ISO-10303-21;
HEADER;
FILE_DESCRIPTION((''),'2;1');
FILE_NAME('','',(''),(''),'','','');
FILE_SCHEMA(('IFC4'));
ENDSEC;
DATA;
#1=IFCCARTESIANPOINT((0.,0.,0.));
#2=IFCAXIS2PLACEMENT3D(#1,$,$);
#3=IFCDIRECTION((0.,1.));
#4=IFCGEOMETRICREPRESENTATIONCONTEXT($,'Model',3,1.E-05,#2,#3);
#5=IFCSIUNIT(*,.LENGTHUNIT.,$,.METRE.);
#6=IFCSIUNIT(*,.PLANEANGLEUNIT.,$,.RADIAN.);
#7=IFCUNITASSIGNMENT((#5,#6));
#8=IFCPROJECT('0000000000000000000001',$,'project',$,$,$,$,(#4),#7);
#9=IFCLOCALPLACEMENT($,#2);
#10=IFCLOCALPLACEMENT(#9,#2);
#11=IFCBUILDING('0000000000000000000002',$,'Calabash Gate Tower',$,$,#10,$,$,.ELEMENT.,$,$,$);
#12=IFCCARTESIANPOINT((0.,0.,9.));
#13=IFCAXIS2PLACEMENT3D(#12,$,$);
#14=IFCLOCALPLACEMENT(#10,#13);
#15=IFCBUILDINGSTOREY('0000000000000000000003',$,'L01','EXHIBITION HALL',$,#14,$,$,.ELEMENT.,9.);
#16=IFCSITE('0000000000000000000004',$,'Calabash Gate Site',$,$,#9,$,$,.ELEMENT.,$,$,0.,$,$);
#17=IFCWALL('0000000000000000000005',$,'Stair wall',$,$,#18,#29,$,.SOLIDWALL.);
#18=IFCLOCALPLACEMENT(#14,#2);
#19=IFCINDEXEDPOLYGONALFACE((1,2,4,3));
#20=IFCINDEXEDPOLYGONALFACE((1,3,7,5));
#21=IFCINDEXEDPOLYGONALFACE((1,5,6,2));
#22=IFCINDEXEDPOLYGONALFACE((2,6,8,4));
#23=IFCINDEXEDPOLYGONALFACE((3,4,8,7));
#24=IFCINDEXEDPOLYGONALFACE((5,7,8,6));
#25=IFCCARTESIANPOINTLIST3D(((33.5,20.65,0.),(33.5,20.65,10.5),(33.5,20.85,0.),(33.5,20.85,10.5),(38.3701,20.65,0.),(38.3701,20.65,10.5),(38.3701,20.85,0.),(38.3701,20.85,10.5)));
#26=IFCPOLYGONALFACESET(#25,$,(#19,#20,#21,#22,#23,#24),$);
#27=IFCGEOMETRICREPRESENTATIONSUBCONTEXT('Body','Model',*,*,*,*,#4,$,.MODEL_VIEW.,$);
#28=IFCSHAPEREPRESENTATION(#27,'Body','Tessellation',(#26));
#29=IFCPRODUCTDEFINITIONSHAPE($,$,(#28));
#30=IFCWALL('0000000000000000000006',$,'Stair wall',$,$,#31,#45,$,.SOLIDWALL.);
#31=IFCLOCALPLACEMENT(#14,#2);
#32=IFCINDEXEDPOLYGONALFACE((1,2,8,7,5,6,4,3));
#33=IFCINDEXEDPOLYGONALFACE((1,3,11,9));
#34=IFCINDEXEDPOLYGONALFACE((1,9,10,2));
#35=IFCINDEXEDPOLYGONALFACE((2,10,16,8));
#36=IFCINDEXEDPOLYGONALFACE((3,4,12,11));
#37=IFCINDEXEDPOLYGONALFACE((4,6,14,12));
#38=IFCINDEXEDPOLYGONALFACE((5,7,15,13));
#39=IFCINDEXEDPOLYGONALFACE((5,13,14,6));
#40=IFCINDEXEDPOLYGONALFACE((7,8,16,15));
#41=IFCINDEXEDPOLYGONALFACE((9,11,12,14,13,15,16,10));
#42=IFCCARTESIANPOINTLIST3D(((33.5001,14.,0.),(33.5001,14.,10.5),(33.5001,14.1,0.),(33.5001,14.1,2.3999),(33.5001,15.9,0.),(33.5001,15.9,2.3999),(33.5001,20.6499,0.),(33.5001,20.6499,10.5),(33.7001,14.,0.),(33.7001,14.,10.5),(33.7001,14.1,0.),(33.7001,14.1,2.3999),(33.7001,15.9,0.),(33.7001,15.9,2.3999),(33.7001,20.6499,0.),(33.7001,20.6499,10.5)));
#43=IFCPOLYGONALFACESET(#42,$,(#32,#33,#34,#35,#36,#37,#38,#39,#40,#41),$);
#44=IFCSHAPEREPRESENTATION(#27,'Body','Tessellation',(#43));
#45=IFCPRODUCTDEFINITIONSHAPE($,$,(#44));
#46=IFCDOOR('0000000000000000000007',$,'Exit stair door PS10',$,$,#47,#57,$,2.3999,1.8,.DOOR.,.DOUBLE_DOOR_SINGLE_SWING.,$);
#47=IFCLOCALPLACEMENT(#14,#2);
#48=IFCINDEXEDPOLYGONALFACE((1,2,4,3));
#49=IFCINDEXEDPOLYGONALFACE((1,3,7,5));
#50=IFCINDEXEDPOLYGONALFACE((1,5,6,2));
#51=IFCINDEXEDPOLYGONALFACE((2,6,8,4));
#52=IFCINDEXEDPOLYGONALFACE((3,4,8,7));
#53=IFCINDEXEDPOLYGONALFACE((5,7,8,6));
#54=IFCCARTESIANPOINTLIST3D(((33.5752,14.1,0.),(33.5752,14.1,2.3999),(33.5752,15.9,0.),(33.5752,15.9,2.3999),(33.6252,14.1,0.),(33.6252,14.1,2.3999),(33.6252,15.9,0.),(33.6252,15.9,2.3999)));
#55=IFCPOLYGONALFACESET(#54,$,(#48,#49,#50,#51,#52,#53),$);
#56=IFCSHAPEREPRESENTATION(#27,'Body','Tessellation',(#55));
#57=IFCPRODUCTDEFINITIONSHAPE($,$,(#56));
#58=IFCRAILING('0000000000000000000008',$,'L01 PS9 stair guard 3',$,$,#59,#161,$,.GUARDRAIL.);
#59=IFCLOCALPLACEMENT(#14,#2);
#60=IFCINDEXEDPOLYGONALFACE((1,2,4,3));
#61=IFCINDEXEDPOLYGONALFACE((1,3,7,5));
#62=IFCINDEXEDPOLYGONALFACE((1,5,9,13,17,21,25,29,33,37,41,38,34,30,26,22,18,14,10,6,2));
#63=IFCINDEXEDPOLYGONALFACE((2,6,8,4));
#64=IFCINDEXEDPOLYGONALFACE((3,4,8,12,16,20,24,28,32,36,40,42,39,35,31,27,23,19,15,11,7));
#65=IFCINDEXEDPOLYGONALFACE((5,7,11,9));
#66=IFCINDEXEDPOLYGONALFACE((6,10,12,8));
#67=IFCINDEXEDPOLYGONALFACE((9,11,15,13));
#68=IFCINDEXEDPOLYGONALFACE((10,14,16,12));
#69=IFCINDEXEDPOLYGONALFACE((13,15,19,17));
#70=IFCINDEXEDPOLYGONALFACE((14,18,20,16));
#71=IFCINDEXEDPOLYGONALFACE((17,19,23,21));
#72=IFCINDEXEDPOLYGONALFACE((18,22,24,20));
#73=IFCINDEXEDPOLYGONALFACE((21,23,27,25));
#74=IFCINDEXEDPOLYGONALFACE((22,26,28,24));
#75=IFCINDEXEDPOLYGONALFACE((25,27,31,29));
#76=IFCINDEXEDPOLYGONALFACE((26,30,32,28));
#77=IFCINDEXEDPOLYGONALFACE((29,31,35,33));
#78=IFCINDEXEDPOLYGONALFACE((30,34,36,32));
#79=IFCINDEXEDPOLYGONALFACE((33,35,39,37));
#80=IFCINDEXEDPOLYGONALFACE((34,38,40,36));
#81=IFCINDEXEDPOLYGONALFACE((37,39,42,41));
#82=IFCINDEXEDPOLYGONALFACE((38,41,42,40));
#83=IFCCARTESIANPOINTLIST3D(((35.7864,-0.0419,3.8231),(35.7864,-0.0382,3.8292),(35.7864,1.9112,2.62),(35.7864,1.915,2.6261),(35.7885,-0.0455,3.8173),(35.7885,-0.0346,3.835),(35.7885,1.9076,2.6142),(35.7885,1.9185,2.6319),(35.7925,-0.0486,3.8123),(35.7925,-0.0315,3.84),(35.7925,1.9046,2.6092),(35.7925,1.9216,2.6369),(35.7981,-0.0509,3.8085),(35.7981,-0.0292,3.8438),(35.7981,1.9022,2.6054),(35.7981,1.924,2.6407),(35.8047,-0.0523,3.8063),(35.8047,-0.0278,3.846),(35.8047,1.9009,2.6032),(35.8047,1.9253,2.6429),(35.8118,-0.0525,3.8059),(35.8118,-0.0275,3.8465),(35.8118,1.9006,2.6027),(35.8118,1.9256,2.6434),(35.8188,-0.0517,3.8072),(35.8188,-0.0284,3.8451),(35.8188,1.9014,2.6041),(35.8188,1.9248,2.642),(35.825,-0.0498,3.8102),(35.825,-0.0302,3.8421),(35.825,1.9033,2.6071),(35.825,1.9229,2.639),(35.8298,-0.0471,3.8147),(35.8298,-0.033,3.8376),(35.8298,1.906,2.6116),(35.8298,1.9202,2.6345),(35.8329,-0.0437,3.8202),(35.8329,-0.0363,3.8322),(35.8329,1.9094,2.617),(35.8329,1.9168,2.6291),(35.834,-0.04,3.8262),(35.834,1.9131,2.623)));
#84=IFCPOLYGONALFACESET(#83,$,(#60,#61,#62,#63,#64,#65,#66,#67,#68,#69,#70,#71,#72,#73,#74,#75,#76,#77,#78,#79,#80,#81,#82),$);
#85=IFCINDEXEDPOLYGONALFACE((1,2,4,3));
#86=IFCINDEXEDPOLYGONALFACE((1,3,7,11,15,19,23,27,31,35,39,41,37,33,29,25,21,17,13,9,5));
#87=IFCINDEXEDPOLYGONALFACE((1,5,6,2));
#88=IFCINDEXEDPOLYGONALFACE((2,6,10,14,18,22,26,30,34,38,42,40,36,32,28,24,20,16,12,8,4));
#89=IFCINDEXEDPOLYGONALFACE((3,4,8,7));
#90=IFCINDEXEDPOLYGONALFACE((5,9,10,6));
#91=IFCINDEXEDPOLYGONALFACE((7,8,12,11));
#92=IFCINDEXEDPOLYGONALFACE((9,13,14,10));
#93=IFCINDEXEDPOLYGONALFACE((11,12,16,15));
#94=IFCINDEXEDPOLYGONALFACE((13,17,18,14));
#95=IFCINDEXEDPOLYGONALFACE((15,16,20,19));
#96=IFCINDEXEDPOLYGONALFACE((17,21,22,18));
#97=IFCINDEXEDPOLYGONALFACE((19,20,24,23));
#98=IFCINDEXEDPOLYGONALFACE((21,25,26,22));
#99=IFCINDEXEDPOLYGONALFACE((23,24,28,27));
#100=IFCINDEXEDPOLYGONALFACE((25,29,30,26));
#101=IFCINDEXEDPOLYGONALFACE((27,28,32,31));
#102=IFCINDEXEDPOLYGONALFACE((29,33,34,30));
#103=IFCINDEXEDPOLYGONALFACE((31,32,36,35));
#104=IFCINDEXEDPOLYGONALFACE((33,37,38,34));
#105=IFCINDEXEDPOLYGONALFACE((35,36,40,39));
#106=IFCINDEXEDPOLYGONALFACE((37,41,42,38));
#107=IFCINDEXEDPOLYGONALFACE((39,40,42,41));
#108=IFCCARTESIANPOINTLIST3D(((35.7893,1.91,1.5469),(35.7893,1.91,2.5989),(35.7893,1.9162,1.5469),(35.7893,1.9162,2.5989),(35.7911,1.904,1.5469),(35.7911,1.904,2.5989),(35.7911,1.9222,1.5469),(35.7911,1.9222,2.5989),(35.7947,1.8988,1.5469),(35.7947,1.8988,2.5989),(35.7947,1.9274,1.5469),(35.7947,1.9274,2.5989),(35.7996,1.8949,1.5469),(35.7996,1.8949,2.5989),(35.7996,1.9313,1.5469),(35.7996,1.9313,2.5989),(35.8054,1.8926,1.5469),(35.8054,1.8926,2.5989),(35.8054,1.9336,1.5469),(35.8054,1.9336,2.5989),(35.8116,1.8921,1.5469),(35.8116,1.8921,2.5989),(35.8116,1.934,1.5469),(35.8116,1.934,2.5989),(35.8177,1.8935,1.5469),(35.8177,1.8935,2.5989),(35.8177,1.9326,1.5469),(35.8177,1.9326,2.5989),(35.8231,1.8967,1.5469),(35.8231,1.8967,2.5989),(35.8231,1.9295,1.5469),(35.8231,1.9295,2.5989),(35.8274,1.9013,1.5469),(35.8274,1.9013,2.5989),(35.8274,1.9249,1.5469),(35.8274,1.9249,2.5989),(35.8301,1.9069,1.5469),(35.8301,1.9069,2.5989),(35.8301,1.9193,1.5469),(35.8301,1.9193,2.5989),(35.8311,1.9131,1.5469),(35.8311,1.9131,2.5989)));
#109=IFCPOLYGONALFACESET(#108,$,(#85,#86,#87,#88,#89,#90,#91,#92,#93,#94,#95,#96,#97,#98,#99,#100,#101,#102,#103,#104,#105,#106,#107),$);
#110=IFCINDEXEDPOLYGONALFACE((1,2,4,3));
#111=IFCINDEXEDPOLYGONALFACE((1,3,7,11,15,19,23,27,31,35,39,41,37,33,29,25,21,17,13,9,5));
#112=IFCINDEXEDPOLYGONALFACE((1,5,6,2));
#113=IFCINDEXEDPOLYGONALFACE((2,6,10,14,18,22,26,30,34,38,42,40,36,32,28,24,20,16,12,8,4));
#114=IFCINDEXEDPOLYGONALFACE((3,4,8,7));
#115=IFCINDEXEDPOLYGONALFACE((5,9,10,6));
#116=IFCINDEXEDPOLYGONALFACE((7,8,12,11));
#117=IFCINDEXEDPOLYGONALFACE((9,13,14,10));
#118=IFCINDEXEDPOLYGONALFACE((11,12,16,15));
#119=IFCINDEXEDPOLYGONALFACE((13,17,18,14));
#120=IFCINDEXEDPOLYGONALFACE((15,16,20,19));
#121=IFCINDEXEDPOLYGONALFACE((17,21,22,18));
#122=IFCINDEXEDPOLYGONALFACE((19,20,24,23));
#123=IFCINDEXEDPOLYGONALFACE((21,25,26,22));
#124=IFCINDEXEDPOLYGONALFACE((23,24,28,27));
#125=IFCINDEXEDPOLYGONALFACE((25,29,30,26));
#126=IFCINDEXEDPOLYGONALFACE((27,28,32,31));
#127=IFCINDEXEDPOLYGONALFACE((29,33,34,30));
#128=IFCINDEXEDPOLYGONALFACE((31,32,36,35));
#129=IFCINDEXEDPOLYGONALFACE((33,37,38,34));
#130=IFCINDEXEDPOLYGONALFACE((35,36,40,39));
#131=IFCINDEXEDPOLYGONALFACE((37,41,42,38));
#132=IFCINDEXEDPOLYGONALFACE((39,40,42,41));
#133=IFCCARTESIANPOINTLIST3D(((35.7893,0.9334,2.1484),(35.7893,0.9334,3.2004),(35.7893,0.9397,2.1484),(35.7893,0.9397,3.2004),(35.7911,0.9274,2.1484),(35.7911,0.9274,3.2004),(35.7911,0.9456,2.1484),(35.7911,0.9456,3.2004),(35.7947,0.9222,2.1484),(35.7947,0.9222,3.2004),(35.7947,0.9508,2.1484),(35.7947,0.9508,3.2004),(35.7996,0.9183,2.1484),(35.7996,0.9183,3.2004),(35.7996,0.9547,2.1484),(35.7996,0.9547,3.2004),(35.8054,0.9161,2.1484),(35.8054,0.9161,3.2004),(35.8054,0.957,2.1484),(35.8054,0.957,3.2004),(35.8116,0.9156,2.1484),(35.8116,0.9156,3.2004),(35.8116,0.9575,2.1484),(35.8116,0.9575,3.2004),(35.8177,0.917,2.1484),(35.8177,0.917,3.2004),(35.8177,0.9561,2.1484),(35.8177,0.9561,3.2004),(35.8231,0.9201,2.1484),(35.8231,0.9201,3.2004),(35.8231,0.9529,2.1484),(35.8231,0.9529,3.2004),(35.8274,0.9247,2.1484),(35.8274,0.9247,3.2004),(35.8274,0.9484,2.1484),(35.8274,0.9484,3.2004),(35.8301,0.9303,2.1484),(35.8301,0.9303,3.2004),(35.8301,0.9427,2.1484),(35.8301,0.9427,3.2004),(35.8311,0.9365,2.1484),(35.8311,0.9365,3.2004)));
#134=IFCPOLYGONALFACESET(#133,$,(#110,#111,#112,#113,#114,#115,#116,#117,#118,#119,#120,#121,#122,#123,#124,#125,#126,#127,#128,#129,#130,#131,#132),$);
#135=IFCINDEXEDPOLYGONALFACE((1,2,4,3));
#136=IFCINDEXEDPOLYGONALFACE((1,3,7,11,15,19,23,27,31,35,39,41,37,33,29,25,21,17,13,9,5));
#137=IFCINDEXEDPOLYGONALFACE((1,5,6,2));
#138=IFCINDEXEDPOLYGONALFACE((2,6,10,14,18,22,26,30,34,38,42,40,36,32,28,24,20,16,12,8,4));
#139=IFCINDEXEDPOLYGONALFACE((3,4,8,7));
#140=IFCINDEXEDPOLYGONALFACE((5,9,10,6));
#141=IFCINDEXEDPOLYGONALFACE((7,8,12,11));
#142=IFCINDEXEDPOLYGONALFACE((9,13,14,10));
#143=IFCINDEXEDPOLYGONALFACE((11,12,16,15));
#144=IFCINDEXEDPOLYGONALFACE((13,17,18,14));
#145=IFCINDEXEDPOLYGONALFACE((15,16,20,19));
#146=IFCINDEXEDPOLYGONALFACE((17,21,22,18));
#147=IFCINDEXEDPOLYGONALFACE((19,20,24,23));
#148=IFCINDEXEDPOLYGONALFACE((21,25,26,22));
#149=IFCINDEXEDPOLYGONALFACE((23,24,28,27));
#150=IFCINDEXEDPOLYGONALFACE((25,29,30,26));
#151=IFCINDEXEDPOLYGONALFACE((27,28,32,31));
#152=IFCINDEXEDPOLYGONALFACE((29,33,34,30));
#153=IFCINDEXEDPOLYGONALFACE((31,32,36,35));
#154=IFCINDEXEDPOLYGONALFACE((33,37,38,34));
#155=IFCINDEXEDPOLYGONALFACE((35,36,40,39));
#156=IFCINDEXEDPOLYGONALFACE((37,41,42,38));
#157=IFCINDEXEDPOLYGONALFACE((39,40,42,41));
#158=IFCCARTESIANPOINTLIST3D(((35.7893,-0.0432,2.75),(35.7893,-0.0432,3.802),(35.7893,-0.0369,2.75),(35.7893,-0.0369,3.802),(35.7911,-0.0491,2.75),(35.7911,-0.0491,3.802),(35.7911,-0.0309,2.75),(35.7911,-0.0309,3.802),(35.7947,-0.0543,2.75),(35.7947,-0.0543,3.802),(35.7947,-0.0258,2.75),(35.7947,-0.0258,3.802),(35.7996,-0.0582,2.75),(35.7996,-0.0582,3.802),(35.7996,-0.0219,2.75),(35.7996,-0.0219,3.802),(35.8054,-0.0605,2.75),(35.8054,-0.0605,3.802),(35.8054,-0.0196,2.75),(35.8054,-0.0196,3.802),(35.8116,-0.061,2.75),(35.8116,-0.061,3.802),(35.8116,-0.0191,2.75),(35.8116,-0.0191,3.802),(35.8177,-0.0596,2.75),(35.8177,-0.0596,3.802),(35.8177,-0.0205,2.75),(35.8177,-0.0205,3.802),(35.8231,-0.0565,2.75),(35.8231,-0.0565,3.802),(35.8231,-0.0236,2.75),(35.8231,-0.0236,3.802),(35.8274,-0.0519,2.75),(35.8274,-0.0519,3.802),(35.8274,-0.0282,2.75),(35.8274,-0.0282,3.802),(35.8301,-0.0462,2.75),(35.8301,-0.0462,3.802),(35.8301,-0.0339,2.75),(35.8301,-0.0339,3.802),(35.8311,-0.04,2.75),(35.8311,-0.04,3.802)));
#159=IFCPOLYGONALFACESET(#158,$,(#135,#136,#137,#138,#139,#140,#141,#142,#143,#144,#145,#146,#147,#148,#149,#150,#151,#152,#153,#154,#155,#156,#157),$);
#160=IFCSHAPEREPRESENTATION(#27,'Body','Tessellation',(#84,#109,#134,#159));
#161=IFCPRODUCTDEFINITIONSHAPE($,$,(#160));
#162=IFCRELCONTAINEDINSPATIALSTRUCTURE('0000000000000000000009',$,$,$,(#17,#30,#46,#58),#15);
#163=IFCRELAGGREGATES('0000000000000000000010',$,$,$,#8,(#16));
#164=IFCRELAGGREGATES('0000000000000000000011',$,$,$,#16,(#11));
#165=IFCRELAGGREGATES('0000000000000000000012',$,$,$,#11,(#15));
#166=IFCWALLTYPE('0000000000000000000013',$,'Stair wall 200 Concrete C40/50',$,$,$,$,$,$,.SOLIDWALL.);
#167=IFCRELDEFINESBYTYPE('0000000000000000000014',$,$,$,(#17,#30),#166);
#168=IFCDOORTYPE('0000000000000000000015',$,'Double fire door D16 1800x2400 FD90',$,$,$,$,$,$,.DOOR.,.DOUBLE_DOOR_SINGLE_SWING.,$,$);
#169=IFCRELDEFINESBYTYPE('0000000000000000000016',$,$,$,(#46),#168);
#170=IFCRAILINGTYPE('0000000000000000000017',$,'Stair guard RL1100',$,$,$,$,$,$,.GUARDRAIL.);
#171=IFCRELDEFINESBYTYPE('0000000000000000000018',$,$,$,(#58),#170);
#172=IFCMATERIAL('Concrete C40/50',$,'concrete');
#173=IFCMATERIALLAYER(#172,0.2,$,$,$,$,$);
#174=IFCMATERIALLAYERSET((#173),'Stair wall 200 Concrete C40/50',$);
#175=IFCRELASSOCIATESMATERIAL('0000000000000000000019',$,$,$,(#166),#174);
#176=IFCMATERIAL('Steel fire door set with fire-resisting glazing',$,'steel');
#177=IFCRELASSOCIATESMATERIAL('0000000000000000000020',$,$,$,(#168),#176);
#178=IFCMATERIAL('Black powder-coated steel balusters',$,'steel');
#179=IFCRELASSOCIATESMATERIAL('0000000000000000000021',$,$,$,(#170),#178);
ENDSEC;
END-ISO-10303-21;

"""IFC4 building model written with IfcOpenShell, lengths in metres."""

from ifc_helpers import new_model, si_unit, direction, frame, frame_2d, origin, origin_2d, place, context, subcontext, project, spatial, rectangle, circle, extrude, material, layer, layer_set, type_object, element, fill, save


model = new_model("IFC4")

# Units and contexts
model_context = context("Model", 3, precision=1e-05, world=origin(), true_north=direction((0.0, 1.0)))
body_context = subcontext(model_context, "Body", "Model", "MODEL_VIEW")
ifc_project = project(units=[si_unit("LENGTHUNIT", "METRE"), si_unit("PLANEANGLEUNIT", "RADIAN")], contexts=[model_context])

# Site, building, storey
site_placement = place(None, origin())
site = spatial("IfcSite", under=ifc_project, at=site_placement, Name="Calabash Gate Site", CompositionType="ELEMENT", RefElevation=0.0)
building_placement = place(site_placement, origin())
building = spatial("IfcBuilding", under=site, at=building_placement, Name="Calabash Gate Tower", CompositionType="ELEMENT")
storey_placement = place(building_placement, frame((0.0, 0.0, 9.0)))
storey = spatial("IfcBuildingStorey", under=building, at=storey_placement, Name="L01", Description="EXHIBITION HALL", CompositionType="ELEMENT", Elevation=9.0)

# Wall
ifc_material_1 = material(Name="Concrete C40/50", Category="concrete")
ifc_layer_1 = layer(ifc_material_1, 0.2)
ifc_layer_set_1 = layer_set([ifc_layer_1], Name="Stair wall 200 Concrete C40/50")
wall_type_1 = type_object("IfcWallType", Name="Stair wall 200 Concrete C40/50", PredefinedType="SOLIDWALL", material=ifc_layer_set_1)
for number, where, z_axis, x_axis, name in (
    (1, (33.5, 20.75, 0.0), (0.0, 0.0, 1.0), (1.0, 0.0, 0.0), "Stair wall"),
):
    element("IfcWall", number, at=place(storey_placement, frame(where, z_axis=z_axis, x_axis=x_axis)), inside=storey, type_object=wall_type_1, Name=name, PredefinedType="SOLIDWALL", context=body_context, shape_type="SweptSolid", body=[
        extrude(rectangle(XDim=4.8701, YDim=0.2, at=frame_2d((2.4351, 0.0))), origin(), (0.0, 0.0, 1.0), 10.5),
    ])

# Wall, opening, door
wall_1_placement = place(storey_placement, frame((33.6001, 14.0, 0.0), z_axis=(0.0, 0.0, 1.0), x_axis=(0.0, 1.0, 0.0)))
wall_1 = element("IfcWall", 2, at=wall_1_placement, inside=storey, type_object=wall_type_1, Name="Stair wall", PredefinedType="SOLIDWALL", context=body_context, shape_type="SweptSolid", body=[
    extrude(rectangle(XDim=6.6499, YDim=0.2, at=frame_2d((3.325, 0.0))), origin(), (0.0, 0.0, 1.0), 10.5),
])
opening_1_placement = place(wall_1_placement, frame((0.1001, 0.0, 0.0)))
opening_1 = element("IfcOpeningElement", 3, at=opening_1_placement, cuts=wall_1, PredefinedType="OPENING", context=body_context, shape_type="SweptSolid", body=[
    extrude(rectangle(XDim=1.8, YDim=2.3999, at=frame_2d((0.8999, 1.2))), frame((0.0, 0.1099, 0.0), z_axis=(0.0, -1.0, 0.0), x_axis=(1.0, 0.0, 0.0)), (0.0, 0.0, 1.0), 0.22),
])
ifc_material_2 = material(Name="Steel fire door set with fire-resisting glazing", Category="steel")
door_type_1 = type_object("IfcDoorType", Name="Double fire door D16 1800x2400 FD90", OperationType="DOUBLE_DOOR_SINGLE_SWING", PredefinedType="DOOR", material=ifc_material_2)
door_1_placement = place(opening_1_placement, origin())
door_1 = element("IfcDoor", 4, at=door_1_placement, inside=storey, type_object=door_type_1, Name="Exit stair door PS10", OperationType="DOUBLE_DOOR_SINGLE_SWING", OverallHeight=2.3999, OverallWidth=1.8, PredefinedType="DOOR", context=body_context, shape_type="SweptSolid", body=[
    extrude(rectangle(XDim=1.8, YDim=2.3999, at=frame_2d((0.8999, 1.2))), frame((0.0, 0.0249, 0.0), z_axis=(0.0, -1.0, 0.0), x_axis=(1.0, 0.0, 0.0)), (0.0, 0.0, 1.0), 0.05),
])
fill(opening_1, door_1)

# Railing
ifc_material_3 = material(Name="Black powder-coated steel balusters", Category="steel")
railing_type_1 = type_object("IfcRailingType", Name="Stair guard RL1100", PredefinedType="GUARDRAIL", material=ifc_material_3)
for number, where, name in (
    (5, (35.8101, 1.9131, 1.5469), "L01 PS9 stair guard 3"),
):
    element("IfcRailing", number, at=place(storey_placement, frame(where)), inside=storey, type_object=railing_type_1, Name=name, PredefinedType="GUARDRAIL", context=body_context, shape_type="SweptSolid", body=[
        extrude(circle(Radius=0.0239, at=origin_2d()), frame((0.0, 0.0, 1.0762), z_axis=(0.0, -0.851424, 0.524477), x_axis=(1.0, 0.0, 0.0)), (0.0, 0.0, 1.0), 2.2939),
        extrude(circle(Radius=0.021, at=origin_2d()), origin(), (0.0, 0.0, 1.0), 1.052),
        extrude(circle(Radius=0.021, at=origin_2d()), frame((0.0, -0.9766, 0.6016)), (0.0, 0.0, 1.0), 1.052),
        extrude(circle(Radius=0.021, at=origin_2d()), frame((0.0, -1.9531, 1.2031)), (0.0, 0.0, 1.0), 1.052),
    ])

save(model, "model.ifc")
